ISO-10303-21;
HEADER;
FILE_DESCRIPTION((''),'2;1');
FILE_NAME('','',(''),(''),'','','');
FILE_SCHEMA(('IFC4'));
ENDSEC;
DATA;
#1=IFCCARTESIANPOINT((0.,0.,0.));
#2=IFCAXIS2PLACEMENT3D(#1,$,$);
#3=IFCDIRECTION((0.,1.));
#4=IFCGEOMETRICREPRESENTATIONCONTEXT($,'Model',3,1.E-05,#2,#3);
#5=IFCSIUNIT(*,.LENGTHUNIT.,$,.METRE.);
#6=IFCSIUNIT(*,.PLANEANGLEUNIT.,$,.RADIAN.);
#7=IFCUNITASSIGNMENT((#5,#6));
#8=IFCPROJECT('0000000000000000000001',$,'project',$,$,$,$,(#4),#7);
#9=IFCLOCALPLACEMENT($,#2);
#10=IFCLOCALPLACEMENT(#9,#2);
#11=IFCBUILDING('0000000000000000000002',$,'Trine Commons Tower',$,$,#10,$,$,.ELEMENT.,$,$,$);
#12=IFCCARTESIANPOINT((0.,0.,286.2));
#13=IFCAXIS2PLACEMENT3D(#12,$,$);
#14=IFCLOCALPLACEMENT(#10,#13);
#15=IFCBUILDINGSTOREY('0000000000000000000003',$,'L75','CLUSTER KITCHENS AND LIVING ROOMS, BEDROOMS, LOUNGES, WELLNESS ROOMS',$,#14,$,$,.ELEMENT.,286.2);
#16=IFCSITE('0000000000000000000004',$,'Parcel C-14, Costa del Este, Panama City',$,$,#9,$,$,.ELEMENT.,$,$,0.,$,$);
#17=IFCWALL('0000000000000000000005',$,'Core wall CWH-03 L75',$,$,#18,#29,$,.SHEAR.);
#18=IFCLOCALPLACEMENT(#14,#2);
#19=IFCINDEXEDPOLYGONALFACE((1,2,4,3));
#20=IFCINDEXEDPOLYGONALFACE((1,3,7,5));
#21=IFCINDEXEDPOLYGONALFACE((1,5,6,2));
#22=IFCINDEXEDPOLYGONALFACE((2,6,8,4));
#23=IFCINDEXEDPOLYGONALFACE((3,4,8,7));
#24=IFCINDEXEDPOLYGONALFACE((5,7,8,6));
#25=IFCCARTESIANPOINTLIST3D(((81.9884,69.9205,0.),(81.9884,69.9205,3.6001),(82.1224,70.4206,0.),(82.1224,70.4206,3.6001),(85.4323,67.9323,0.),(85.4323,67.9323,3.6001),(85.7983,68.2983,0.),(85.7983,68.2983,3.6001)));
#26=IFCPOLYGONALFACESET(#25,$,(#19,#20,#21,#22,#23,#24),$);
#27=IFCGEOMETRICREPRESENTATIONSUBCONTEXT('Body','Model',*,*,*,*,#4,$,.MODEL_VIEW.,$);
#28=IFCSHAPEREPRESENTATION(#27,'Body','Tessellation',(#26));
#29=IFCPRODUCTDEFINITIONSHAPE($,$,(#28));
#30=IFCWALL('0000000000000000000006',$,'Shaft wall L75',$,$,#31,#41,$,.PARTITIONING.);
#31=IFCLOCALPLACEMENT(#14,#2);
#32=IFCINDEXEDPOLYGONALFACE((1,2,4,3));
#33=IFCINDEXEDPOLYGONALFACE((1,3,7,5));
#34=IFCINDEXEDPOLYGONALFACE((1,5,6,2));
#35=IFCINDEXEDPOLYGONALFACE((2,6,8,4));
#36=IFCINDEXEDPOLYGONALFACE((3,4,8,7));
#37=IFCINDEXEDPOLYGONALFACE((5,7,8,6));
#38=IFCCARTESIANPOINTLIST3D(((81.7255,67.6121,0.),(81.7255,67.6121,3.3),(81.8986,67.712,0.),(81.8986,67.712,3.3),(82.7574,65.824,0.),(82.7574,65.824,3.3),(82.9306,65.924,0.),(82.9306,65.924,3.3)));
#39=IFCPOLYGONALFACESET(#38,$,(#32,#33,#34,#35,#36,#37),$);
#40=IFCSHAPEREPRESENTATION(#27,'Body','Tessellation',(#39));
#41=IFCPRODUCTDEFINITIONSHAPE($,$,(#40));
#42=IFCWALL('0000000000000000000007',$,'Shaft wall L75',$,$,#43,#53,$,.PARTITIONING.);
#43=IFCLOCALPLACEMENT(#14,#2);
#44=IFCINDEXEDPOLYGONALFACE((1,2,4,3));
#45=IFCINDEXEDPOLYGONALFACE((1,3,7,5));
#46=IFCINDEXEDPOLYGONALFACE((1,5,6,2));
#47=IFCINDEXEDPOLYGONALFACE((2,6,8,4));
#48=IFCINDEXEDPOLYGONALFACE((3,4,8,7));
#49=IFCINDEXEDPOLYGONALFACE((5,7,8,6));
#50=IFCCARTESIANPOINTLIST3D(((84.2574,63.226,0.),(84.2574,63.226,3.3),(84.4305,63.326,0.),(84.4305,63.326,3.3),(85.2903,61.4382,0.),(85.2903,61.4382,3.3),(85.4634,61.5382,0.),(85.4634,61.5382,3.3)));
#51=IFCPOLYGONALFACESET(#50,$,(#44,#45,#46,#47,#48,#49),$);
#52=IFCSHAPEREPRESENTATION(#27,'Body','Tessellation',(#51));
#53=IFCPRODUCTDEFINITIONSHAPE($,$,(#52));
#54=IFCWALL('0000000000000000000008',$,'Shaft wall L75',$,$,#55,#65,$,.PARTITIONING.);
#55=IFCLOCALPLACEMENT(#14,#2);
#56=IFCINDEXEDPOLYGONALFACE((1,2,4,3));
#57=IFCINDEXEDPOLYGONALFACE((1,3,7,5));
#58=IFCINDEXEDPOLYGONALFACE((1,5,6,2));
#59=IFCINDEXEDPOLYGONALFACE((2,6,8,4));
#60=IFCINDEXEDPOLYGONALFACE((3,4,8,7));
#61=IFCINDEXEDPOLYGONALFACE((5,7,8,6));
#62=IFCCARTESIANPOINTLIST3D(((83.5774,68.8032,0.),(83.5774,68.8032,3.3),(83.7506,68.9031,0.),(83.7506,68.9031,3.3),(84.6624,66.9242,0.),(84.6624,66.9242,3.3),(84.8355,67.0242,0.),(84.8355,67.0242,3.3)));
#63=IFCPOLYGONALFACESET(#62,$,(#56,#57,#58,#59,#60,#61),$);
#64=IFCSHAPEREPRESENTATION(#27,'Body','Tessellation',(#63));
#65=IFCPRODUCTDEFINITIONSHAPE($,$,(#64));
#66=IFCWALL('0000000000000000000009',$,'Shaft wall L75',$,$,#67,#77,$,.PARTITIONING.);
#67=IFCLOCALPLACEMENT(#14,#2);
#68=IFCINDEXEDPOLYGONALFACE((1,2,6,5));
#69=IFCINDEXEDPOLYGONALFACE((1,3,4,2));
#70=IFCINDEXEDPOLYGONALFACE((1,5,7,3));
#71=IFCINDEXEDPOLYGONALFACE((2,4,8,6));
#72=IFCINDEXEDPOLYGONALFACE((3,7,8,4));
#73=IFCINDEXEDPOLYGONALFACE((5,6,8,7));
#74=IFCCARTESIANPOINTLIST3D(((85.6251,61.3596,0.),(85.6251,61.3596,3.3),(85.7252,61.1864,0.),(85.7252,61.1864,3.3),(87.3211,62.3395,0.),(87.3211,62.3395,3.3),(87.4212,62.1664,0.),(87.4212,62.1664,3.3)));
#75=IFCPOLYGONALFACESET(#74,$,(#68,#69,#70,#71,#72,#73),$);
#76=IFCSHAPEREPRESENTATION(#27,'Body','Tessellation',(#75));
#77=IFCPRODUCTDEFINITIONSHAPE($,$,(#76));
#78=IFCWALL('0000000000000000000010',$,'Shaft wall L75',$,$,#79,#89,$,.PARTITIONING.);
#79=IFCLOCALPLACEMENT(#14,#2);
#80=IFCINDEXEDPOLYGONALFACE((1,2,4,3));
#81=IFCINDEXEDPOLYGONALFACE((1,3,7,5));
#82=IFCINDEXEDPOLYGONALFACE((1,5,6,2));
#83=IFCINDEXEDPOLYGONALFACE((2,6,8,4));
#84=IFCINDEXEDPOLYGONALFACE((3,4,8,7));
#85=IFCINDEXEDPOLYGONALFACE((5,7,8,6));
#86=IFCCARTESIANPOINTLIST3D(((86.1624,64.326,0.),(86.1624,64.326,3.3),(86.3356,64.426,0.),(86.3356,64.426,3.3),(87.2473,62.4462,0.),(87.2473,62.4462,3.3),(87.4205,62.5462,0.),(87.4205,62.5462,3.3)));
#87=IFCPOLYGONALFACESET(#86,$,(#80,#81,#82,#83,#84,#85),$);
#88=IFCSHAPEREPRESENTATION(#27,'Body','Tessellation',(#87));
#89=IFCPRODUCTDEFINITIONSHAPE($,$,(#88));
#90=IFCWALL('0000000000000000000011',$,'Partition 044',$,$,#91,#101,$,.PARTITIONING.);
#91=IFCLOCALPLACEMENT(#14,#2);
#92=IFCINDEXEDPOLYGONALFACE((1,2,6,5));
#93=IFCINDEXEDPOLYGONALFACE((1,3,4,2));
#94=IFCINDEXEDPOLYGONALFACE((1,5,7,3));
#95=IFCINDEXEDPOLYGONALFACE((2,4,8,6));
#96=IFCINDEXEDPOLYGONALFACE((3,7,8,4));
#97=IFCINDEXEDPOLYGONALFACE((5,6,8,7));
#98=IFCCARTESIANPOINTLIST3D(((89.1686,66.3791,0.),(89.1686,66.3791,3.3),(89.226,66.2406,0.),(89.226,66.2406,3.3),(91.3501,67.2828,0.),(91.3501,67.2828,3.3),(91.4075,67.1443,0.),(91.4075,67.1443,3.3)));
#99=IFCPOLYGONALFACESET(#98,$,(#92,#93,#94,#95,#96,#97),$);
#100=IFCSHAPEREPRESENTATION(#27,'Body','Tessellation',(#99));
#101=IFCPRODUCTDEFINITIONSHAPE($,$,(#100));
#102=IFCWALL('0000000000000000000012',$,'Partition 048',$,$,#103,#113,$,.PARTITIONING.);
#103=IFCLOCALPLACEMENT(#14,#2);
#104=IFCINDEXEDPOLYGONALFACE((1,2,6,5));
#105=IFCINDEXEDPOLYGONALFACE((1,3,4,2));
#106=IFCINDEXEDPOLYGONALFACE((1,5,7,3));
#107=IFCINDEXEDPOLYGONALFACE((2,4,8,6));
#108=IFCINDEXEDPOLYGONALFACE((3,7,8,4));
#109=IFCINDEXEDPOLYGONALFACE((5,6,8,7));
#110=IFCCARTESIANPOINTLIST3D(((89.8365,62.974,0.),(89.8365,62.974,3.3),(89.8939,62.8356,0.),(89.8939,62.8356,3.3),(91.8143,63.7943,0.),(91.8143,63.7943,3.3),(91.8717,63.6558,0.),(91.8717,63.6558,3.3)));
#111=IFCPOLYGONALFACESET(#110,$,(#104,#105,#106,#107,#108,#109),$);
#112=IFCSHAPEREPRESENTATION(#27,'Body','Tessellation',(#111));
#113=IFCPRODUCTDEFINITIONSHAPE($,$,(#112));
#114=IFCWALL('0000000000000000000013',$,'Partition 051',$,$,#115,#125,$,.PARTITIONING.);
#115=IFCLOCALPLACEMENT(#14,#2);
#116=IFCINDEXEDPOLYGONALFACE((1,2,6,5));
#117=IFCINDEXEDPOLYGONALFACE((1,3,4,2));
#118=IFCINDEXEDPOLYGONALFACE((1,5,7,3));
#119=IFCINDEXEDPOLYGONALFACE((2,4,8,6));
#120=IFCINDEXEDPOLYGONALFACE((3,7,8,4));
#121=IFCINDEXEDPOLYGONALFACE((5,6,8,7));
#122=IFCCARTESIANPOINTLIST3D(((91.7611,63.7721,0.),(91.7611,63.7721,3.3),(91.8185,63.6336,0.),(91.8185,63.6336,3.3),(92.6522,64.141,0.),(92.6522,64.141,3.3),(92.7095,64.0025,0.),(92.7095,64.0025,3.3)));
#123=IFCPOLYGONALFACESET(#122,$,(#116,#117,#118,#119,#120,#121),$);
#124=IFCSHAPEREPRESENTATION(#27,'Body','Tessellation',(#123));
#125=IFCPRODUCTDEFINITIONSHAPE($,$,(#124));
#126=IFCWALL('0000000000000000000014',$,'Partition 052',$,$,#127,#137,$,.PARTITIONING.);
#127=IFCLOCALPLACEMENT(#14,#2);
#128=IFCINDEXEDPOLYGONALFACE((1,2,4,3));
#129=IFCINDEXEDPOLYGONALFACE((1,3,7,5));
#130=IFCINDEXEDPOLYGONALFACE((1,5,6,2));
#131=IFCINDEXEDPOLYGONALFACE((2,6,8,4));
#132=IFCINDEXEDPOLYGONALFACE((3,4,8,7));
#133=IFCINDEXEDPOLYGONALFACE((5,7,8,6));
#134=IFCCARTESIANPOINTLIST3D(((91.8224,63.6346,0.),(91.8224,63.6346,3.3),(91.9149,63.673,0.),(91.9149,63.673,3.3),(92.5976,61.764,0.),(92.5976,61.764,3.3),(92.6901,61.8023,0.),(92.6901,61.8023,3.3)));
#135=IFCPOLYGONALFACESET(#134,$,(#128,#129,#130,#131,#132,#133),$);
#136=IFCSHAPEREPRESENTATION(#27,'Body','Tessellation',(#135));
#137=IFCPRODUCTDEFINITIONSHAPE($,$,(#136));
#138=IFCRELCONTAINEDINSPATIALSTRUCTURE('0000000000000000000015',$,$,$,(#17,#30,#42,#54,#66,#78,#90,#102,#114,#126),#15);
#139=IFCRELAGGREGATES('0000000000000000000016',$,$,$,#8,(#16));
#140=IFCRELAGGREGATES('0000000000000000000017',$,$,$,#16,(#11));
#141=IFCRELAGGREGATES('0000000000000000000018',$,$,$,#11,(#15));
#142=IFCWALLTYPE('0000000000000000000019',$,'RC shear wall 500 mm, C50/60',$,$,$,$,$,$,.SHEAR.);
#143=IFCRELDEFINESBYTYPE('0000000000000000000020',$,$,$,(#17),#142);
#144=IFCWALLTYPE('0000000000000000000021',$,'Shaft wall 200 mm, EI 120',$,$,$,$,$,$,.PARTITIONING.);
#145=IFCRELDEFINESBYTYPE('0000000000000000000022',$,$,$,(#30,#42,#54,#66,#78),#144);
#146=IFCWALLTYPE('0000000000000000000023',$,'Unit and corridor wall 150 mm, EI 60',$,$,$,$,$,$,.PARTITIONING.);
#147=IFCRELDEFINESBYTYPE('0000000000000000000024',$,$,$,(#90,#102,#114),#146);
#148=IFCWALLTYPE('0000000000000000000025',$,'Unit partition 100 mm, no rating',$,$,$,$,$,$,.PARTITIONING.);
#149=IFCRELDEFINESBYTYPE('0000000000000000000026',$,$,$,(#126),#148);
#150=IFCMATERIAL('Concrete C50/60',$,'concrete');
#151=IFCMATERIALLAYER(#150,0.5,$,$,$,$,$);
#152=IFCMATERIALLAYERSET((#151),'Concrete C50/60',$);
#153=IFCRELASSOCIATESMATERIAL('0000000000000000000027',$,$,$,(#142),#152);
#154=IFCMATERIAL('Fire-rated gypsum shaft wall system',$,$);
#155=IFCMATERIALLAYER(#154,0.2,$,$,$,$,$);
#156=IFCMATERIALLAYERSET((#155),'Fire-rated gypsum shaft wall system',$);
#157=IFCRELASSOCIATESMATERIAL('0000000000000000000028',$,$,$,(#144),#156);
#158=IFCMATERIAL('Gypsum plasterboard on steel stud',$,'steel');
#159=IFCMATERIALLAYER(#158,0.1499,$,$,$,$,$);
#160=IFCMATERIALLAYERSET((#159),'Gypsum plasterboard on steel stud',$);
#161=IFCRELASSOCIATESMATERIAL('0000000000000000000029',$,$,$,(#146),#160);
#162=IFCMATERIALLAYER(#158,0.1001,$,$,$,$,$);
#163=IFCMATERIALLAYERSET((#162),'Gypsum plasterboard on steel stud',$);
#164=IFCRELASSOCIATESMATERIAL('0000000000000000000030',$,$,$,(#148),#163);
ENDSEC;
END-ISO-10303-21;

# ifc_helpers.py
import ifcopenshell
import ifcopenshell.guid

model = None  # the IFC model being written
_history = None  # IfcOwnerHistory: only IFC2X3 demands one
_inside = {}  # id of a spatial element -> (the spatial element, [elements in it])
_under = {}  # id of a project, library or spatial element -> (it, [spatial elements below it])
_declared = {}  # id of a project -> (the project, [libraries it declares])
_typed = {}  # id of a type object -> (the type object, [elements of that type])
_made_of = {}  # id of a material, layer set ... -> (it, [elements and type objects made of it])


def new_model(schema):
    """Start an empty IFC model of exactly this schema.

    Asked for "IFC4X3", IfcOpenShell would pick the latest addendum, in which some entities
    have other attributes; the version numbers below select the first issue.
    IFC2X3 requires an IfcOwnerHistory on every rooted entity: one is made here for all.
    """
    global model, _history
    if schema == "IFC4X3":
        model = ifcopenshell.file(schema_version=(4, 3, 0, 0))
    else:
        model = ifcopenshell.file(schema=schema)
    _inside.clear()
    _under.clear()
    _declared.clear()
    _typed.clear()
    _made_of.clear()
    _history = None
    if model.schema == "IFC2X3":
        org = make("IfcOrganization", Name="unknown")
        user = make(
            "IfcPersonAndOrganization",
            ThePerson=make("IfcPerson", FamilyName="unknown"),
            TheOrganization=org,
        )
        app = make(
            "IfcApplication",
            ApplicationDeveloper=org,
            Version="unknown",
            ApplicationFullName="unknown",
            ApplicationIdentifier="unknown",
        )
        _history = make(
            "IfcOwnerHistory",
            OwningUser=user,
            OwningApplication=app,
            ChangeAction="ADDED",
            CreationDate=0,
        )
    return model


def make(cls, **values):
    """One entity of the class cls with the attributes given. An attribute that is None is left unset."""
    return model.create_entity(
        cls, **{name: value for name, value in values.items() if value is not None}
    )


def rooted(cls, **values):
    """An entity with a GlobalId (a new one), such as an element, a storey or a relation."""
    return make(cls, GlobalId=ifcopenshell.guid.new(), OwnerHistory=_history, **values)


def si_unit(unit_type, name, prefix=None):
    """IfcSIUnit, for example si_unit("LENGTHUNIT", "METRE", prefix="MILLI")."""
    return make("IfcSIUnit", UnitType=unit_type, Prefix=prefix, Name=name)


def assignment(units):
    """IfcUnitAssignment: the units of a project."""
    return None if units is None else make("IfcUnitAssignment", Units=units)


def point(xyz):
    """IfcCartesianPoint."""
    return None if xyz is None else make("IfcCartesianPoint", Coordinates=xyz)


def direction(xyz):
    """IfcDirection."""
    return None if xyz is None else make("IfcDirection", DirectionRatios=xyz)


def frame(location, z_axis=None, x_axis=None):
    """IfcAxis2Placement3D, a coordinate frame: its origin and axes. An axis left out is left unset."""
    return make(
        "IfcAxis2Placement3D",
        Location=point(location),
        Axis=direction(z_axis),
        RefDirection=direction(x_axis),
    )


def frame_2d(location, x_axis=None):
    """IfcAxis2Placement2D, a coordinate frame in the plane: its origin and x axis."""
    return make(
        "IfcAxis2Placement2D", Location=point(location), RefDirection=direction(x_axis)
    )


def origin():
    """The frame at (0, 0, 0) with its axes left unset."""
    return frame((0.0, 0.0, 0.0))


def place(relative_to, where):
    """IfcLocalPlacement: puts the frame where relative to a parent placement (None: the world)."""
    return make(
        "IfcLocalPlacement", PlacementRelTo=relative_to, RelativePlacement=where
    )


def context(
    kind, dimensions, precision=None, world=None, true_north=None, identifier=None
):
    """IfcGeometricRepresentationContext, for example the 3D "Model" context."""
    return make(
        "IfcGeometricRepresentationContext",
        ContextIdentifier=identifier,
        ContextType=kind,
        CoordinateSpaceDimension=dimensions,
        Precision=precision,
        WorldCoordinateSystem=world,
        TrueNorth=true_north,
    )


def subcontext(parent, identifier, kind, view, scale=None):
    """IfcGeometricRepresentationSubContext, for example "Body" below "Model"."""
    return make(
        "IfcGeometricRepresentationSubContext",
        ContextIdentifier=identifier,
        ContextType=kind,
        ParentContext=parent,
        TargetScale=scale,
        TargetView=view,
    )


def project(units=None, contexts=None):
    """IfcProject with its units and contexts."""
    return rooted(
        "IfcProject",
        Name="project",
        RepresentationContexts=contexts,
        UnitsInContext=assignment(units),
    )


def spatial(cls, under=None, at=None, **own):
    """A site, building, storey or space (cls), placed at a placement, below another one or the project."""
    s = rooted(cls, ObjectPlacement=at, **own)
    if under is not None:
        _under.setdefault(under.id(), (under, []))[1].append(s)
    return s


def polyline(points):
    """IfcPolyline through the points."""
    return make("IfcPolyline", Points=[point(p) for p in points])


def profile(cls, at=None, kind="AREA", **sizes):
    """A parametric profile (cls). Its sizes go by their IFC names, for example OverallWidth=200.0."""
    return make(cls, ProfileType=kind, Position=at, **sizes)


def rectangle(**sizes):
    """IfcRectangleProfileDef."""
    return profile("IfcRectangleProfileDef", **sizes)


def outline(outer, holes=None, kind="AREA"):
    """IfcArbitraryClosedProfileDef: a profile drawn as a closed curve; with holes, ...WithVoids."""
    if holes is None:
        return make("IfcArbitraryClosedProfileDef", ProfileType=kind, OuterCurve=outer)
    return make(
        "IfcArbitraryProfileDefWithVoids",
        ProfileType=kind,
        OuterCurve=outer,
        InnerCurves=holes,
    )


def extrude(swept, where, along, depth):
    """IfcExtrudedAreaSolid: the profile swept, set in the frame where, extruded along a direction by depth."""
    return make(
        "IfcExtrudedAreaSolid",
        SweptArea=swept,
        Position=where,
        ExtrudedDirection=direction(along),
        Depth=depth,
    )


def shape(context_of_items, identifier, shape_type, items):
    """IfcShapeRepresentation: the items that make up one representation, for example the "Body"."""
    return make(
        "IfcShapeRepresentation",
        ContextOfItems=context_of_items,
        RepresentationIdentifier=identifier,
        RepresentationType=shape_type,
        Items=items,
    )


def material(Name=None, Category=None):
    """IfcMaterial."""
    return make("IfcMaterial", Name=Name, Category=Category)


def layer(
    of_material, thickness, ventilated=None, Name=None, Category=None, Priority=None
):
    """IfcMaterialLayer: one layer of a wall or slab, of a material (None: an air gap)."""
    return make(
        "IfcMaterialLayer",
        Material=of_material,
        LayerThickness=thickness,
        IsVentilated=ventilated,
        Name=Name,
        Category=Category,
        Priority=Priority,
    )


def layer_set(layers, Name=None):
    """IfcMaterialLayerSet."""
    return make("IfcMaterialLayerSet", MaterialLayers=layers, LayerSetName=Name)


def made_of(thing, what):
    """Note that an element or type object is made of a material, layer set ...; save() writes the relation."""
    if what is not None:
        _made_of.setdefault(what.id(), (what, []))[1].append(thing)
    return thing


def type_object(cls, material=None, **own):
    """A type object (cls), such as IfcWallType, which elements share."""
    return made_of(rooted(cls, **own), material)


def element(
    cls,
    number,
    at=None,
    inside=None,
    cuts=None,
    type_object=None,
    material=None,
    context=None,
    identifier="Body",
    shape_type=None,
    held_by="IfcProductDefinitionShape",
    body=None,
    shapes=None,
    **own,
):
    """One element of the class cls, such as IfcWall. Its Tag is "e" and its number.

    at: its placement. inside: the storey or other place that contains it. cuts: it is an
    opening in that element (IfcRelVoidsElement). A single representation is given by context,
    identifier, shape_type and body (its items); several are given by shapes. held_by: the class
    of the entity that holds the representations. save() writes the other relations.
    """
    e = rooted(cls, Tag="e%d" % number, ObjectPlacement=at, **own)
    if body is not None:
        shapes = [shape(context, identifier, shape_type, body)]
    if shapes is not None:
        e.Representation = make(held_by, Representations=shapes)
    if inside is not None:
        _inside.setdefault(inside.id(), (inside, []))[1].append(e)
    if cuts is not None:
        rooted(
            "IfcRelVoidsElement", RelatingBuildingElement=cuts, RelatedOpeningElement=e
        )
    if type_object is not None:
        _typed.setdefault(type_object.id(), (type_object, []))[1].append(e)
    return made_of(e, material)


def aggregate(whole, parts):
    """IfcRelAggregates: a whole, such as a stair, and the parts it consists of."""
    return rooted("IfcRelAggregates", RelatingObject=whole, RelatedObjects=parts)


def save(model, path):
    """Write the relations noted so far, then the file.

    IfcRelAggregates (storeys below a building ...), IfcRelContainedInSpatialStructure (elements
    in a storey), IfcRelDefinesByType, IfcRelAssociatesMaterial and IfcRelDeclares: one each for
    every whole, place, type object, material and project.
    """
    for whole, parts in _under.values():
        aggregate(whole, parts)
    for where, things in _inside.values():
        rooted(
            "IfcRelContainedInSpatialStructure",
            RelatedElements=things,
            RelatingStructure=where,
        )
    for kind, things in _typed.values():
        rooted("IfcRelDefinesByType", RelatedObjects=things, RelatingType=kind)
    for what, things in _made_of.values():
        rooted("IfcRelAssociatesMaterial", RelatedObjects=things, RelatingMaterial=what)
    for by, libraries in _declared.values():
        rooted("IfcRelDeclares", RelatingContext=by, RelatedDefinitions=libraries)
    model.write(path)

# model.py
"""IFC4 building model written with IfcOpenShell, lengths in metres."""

from ifc_helpers import new_model, si_unit, direction, frame, frame_2d, origin, place, context, subcontext, project, spatial, polyline, rectangle, outline, extrude, material, layer, layer_set, type_object, element, save


model = new_model("IFC4")

# Units and contexts
model_context = context("Model", 3, precision=1e-05, world=origin(), true_north=direction((0.0, 1.0)))
body_context = subcontext(model_context, "Body", "Model", "MODEL_VIEW")
ifc_project = project(units=[si_unit("LENGTHUNIT", "METRE"), si_unit("PLANEANGLEUNIT", "RADIAN")], contexts=[model_context])

# Site, building, storey
site_placement = place(None, origin())
site = spatial("IfcSite", under=ifc_project, at=site_placement, Name="Parcel C-14, Costa del Este, Panama City", CompositionType="ELEMENT", RefElevation=0.0)
building_placement = place(site_placement, origin())
building = spatial("IfcBuilding", under=site, at=building_placement, Name="Trine Commons Tower", CompositionType="ELEMENT")
storey_placement = place(building_placement, frame((0.0, 0.0, 286.2)))
storey = spatial("IfcBuildingStorey", under=building, at=storey_placement, Name="L75", Description="CLUSTER KITCHENS AND LIVING ROOMS, BEDROOMS, LOUNGES, WELLNESS ROOMS", CompositionType="ELEMENT", Elevation=286.2)

# Shared definitions
ifc_material_1 = material(Name="Concrete C50/60", Category="concrete")

# Shared definitions
ifc_material_2 = material(Name="Fire-rated gypsum shaft wall system")
ifc_layer_1 = layer(ifc_material_1, 0.5)
ifc_layer_set_1 = layer_set([ifc_layer_1], Name="Concrete C50/60")
wall_type_1 = type_object("IfcWallType", Name="RC shear wall 500 mm, C50/60", PredefinedType="SHEAR", material=ifc_layer_set_1)

# Walls
wall_1_placement = place(storey_placement, frame((85.6733, 68.0818, 0.0), z_axis=(0.0, 0.0, 1.0), x_axis=(-0.866029, 0.499993, 0.0)))
element("IfcWall", 1, at=wall_1_placement, inside=storey, type_object=wall_type_1, Name="Core wall CWH-03 L75", PredefinedType="SHEAR", context=body_context, shape_type="SweptSolid", body=[
    extrude(outline(polyline([(0.0, -0.25), (4.2446, -0.25), (4.1106, 0.25), (0.134, 0.25), (0.0, -0.25)])), origin(), (0.0, 0.0, 1.0), 3.6001),
])
ifc_layer_2 = layer(ifc_material_2, 0.2)
ifc_layer_set_2 = layer_set([ifc_layer_2], Name="Fire-rated gypsum shaft wall system")
wall_type_2 = type_object("IfcWallType", Name="Shaft wall 200 mm, EI 120", PredefinedType="PARTITIONING", material=ifc_layer_set_2)
wall_2_placement = place(storey_placement, frame((82.844, 65.874, 0.0), z_axis=(0.0, 0.0, 1.0), x_axis=(-0.499866, 0.866103, 0.0)))
element("IfcWall", 2, at=wall_2_placement, inside=storey, type_object=wall_type_2, Name="Shaft wall L75", PredefinedType="PARTITIONING", context=body_context, shape_type="SweptSolid", body=[
    extrude(rectangle(XDim=2.0645, YDim=0.2, at=frame_2d((1.0322, 0.0))), origin(), (0.0, 0.0, 1.0), 3.3),
])
wall_3_placement = place(storey_placement, frame((84.344, 63.2759, 0.0), z_axis=(0.0, 0.0, 1.0), x_axis=(0.500272, -0.865868, 0.0)))
element("IfcWall", 3, at=wall_3_placement, inside=storey, type_object=wall_type_2, Name="Shaft wall L75", PredefinedType="PARTITIONING", context=body_context, shape_type="SweptSolid", body=[
    extrude(rectangle(XDim=2.0647, YDim=0.2, at=frame_2d((1.0322, 0.0))), origin(), (0.0, 0.0, 1.0), 3.3),
])
wall_4_placement = place(storey_placement, frame((84.749, 66.9741, 0.0), z_axis=(0.0, 0.0, 1.0), x_axis=(-0.50006, 0.865991, 0.0)))
element("IfcWall", 4, at=wall_4_placement, inside=storey, type_object=wall_type_2, Name="Shaft wall L75", PredefinedType="PARTITIONING", context=body_context, shape_type="SweptSolid", body=[
    extrude(rectangle(XDim=2.1697, YDim=0.2, at=frame_2d((1.085, 0.0))), origin(), (0.0, 0.0, 1.0), 3.3),
])
wall_5_placement = place(storey_placement, frame((85.675, 61.2729, 0.0), z_axis=(0.0, 0.0, 1.0), x_axis=(0.865855, 0.500294, 0.0)))
element("IfcWall", 5, at=wall_5_placement, inside=storey, type_object=wall_type_2, Name="Shaft wall L75", PredefinedType="PARTITIONING", context=body_context, shape_type="SweptSolid", body=[
    extrude(rectangle(XDim=1.9587, YDim=0.2, at=frame_2d((0.9795, 0.0))), origin(), (0.0, 0.0, 1.0), 3.3),
])
wall_6_placement = place(storey_placement, frame((86.249, 64.376, 0.0), z_axis=(0.0, 0.0, 1.0), x_axis=(0.499865, -0.866103, 0.0)))
element("IfcWall", 6, at=wall_6_placement, inside=storey, type_object=wall_type_2, Name="Shaft wall L75", PredefinedType="PARTITIONING", context=body_context, shape_type="SweptSolid", body=[
    extrude(rectangle(XDim=2.1704, YDim=0.2, at=frame_2d((1.0852, 0.0))), origin(), (0.0, 0.0, 1.0), 3.3),
])
ifc_material_3 = material(Name="Gypsum plasterboard on steel stud", Category="steel")
ifc_layer_3 = layer(ifc_material_3, 0.1499)
ifc_layer_set_3 = layer_set([ifc_layer_3], Name="Gypsum plasterboard on steel stud")
wall_type_3 = type_object("IfcWallType", Name="Unit and corridor wall 150 mm, EI 60", PredefinedType="PARTITIONING", material=ifc_layer_set_3)
wall_7_placement = place(storey_placement, frame((89.1973, 66.3098, 0.0), z_axis=(0.0, 0.0, 1.0), x_axis=(0.923858, 0.382735, 0.0)))
element("IfcWall", 7, at=wall_7_placement, inside=storey, type_object=wall_type_3, Name="Partition 044", PredefinedType="PARTITIONING", context=body_context, shape_type="SweptSolid", body=[
    extrude(rectangle(XDim=2.3613, YDim=0.1499, at=frame_2d((1.1807, 0.0))), origin(), (0.0, 0.0, 1.0), 3.3),
])
wall_8_placement = place(storey_placement, frame((89.8652, 62.9048, 0.0), z_axis=(0.0, 0.0, 1.0), x_axis=(0.9237, 0.383117, 0.0)))
element("IfcWall", 8, at=wall_8_placement, inside=storey, type_object=wall_type_3, Name="Partition 048", PredefinedType="PARTITIONING", context=body_context, shape_type="SweptSolid", body=[
    extrude(rectangle(XDim=2.1411, YDim=0.1499, at=frame_2d((1.0706, 0.0))), origin(), (0.0, 0.0, 1.0), 3.3),
])
wall_9_placement = place(storey_placement, frame((91.7898, 63.7029, 0.0), z_axis=(0.0, 0.0, 1.0), x_axis=(0.923958, 0.382493, 0.0)))
element("IfcWall", 9, at=wall_9_placement, inside=storey, type_object=wall_type_3, Name="Partition 051", PredefinedType="PARTITIONING", context=body_context, shape_type="SweptSolid", body=[
    extrude(rectangle(XDim=0.9644, YDim=0.1499, at=frame_2d((0.4822, 0.0))), origin(), (0.0, 0.0, 1.0), 3.3),
])
ifc_layer_4 = layer(ifc_material_3, 0.1001)
ifc_layer_set_4 = layer_set([ifc_layer_4], Name="Gypsum plasterboard on steel stud")
wall_type_4 = type_object("IfcWallType", Name="Unit partition 100 mm, no rating", PredefinedType="PARTITIONING", material=ifc_layer_set_4)
wall_10_placement = place(storey_placement, frame((91.8687, 63.6538, 0.0), z_axis=(0.0, 0.0, 1.0), x_axis=(0.382817, -0.923824, 0.0)))
element("IfcWall", 10, at=wall_10_placement, inside=storey, type_object=wall_type_4, Name="Partition 052", PredefinedType="PARTITIONING", context=body_context, shape_type="SweptSolid", body=[
    extrude(rectangle(XDim=2.0249, YDim=0.1001, at=frame_2d((1.0125, 0.0))), origin(), (0.0, 0.0, 1.0), 3.3),
])

save(model, "model.ifc")
